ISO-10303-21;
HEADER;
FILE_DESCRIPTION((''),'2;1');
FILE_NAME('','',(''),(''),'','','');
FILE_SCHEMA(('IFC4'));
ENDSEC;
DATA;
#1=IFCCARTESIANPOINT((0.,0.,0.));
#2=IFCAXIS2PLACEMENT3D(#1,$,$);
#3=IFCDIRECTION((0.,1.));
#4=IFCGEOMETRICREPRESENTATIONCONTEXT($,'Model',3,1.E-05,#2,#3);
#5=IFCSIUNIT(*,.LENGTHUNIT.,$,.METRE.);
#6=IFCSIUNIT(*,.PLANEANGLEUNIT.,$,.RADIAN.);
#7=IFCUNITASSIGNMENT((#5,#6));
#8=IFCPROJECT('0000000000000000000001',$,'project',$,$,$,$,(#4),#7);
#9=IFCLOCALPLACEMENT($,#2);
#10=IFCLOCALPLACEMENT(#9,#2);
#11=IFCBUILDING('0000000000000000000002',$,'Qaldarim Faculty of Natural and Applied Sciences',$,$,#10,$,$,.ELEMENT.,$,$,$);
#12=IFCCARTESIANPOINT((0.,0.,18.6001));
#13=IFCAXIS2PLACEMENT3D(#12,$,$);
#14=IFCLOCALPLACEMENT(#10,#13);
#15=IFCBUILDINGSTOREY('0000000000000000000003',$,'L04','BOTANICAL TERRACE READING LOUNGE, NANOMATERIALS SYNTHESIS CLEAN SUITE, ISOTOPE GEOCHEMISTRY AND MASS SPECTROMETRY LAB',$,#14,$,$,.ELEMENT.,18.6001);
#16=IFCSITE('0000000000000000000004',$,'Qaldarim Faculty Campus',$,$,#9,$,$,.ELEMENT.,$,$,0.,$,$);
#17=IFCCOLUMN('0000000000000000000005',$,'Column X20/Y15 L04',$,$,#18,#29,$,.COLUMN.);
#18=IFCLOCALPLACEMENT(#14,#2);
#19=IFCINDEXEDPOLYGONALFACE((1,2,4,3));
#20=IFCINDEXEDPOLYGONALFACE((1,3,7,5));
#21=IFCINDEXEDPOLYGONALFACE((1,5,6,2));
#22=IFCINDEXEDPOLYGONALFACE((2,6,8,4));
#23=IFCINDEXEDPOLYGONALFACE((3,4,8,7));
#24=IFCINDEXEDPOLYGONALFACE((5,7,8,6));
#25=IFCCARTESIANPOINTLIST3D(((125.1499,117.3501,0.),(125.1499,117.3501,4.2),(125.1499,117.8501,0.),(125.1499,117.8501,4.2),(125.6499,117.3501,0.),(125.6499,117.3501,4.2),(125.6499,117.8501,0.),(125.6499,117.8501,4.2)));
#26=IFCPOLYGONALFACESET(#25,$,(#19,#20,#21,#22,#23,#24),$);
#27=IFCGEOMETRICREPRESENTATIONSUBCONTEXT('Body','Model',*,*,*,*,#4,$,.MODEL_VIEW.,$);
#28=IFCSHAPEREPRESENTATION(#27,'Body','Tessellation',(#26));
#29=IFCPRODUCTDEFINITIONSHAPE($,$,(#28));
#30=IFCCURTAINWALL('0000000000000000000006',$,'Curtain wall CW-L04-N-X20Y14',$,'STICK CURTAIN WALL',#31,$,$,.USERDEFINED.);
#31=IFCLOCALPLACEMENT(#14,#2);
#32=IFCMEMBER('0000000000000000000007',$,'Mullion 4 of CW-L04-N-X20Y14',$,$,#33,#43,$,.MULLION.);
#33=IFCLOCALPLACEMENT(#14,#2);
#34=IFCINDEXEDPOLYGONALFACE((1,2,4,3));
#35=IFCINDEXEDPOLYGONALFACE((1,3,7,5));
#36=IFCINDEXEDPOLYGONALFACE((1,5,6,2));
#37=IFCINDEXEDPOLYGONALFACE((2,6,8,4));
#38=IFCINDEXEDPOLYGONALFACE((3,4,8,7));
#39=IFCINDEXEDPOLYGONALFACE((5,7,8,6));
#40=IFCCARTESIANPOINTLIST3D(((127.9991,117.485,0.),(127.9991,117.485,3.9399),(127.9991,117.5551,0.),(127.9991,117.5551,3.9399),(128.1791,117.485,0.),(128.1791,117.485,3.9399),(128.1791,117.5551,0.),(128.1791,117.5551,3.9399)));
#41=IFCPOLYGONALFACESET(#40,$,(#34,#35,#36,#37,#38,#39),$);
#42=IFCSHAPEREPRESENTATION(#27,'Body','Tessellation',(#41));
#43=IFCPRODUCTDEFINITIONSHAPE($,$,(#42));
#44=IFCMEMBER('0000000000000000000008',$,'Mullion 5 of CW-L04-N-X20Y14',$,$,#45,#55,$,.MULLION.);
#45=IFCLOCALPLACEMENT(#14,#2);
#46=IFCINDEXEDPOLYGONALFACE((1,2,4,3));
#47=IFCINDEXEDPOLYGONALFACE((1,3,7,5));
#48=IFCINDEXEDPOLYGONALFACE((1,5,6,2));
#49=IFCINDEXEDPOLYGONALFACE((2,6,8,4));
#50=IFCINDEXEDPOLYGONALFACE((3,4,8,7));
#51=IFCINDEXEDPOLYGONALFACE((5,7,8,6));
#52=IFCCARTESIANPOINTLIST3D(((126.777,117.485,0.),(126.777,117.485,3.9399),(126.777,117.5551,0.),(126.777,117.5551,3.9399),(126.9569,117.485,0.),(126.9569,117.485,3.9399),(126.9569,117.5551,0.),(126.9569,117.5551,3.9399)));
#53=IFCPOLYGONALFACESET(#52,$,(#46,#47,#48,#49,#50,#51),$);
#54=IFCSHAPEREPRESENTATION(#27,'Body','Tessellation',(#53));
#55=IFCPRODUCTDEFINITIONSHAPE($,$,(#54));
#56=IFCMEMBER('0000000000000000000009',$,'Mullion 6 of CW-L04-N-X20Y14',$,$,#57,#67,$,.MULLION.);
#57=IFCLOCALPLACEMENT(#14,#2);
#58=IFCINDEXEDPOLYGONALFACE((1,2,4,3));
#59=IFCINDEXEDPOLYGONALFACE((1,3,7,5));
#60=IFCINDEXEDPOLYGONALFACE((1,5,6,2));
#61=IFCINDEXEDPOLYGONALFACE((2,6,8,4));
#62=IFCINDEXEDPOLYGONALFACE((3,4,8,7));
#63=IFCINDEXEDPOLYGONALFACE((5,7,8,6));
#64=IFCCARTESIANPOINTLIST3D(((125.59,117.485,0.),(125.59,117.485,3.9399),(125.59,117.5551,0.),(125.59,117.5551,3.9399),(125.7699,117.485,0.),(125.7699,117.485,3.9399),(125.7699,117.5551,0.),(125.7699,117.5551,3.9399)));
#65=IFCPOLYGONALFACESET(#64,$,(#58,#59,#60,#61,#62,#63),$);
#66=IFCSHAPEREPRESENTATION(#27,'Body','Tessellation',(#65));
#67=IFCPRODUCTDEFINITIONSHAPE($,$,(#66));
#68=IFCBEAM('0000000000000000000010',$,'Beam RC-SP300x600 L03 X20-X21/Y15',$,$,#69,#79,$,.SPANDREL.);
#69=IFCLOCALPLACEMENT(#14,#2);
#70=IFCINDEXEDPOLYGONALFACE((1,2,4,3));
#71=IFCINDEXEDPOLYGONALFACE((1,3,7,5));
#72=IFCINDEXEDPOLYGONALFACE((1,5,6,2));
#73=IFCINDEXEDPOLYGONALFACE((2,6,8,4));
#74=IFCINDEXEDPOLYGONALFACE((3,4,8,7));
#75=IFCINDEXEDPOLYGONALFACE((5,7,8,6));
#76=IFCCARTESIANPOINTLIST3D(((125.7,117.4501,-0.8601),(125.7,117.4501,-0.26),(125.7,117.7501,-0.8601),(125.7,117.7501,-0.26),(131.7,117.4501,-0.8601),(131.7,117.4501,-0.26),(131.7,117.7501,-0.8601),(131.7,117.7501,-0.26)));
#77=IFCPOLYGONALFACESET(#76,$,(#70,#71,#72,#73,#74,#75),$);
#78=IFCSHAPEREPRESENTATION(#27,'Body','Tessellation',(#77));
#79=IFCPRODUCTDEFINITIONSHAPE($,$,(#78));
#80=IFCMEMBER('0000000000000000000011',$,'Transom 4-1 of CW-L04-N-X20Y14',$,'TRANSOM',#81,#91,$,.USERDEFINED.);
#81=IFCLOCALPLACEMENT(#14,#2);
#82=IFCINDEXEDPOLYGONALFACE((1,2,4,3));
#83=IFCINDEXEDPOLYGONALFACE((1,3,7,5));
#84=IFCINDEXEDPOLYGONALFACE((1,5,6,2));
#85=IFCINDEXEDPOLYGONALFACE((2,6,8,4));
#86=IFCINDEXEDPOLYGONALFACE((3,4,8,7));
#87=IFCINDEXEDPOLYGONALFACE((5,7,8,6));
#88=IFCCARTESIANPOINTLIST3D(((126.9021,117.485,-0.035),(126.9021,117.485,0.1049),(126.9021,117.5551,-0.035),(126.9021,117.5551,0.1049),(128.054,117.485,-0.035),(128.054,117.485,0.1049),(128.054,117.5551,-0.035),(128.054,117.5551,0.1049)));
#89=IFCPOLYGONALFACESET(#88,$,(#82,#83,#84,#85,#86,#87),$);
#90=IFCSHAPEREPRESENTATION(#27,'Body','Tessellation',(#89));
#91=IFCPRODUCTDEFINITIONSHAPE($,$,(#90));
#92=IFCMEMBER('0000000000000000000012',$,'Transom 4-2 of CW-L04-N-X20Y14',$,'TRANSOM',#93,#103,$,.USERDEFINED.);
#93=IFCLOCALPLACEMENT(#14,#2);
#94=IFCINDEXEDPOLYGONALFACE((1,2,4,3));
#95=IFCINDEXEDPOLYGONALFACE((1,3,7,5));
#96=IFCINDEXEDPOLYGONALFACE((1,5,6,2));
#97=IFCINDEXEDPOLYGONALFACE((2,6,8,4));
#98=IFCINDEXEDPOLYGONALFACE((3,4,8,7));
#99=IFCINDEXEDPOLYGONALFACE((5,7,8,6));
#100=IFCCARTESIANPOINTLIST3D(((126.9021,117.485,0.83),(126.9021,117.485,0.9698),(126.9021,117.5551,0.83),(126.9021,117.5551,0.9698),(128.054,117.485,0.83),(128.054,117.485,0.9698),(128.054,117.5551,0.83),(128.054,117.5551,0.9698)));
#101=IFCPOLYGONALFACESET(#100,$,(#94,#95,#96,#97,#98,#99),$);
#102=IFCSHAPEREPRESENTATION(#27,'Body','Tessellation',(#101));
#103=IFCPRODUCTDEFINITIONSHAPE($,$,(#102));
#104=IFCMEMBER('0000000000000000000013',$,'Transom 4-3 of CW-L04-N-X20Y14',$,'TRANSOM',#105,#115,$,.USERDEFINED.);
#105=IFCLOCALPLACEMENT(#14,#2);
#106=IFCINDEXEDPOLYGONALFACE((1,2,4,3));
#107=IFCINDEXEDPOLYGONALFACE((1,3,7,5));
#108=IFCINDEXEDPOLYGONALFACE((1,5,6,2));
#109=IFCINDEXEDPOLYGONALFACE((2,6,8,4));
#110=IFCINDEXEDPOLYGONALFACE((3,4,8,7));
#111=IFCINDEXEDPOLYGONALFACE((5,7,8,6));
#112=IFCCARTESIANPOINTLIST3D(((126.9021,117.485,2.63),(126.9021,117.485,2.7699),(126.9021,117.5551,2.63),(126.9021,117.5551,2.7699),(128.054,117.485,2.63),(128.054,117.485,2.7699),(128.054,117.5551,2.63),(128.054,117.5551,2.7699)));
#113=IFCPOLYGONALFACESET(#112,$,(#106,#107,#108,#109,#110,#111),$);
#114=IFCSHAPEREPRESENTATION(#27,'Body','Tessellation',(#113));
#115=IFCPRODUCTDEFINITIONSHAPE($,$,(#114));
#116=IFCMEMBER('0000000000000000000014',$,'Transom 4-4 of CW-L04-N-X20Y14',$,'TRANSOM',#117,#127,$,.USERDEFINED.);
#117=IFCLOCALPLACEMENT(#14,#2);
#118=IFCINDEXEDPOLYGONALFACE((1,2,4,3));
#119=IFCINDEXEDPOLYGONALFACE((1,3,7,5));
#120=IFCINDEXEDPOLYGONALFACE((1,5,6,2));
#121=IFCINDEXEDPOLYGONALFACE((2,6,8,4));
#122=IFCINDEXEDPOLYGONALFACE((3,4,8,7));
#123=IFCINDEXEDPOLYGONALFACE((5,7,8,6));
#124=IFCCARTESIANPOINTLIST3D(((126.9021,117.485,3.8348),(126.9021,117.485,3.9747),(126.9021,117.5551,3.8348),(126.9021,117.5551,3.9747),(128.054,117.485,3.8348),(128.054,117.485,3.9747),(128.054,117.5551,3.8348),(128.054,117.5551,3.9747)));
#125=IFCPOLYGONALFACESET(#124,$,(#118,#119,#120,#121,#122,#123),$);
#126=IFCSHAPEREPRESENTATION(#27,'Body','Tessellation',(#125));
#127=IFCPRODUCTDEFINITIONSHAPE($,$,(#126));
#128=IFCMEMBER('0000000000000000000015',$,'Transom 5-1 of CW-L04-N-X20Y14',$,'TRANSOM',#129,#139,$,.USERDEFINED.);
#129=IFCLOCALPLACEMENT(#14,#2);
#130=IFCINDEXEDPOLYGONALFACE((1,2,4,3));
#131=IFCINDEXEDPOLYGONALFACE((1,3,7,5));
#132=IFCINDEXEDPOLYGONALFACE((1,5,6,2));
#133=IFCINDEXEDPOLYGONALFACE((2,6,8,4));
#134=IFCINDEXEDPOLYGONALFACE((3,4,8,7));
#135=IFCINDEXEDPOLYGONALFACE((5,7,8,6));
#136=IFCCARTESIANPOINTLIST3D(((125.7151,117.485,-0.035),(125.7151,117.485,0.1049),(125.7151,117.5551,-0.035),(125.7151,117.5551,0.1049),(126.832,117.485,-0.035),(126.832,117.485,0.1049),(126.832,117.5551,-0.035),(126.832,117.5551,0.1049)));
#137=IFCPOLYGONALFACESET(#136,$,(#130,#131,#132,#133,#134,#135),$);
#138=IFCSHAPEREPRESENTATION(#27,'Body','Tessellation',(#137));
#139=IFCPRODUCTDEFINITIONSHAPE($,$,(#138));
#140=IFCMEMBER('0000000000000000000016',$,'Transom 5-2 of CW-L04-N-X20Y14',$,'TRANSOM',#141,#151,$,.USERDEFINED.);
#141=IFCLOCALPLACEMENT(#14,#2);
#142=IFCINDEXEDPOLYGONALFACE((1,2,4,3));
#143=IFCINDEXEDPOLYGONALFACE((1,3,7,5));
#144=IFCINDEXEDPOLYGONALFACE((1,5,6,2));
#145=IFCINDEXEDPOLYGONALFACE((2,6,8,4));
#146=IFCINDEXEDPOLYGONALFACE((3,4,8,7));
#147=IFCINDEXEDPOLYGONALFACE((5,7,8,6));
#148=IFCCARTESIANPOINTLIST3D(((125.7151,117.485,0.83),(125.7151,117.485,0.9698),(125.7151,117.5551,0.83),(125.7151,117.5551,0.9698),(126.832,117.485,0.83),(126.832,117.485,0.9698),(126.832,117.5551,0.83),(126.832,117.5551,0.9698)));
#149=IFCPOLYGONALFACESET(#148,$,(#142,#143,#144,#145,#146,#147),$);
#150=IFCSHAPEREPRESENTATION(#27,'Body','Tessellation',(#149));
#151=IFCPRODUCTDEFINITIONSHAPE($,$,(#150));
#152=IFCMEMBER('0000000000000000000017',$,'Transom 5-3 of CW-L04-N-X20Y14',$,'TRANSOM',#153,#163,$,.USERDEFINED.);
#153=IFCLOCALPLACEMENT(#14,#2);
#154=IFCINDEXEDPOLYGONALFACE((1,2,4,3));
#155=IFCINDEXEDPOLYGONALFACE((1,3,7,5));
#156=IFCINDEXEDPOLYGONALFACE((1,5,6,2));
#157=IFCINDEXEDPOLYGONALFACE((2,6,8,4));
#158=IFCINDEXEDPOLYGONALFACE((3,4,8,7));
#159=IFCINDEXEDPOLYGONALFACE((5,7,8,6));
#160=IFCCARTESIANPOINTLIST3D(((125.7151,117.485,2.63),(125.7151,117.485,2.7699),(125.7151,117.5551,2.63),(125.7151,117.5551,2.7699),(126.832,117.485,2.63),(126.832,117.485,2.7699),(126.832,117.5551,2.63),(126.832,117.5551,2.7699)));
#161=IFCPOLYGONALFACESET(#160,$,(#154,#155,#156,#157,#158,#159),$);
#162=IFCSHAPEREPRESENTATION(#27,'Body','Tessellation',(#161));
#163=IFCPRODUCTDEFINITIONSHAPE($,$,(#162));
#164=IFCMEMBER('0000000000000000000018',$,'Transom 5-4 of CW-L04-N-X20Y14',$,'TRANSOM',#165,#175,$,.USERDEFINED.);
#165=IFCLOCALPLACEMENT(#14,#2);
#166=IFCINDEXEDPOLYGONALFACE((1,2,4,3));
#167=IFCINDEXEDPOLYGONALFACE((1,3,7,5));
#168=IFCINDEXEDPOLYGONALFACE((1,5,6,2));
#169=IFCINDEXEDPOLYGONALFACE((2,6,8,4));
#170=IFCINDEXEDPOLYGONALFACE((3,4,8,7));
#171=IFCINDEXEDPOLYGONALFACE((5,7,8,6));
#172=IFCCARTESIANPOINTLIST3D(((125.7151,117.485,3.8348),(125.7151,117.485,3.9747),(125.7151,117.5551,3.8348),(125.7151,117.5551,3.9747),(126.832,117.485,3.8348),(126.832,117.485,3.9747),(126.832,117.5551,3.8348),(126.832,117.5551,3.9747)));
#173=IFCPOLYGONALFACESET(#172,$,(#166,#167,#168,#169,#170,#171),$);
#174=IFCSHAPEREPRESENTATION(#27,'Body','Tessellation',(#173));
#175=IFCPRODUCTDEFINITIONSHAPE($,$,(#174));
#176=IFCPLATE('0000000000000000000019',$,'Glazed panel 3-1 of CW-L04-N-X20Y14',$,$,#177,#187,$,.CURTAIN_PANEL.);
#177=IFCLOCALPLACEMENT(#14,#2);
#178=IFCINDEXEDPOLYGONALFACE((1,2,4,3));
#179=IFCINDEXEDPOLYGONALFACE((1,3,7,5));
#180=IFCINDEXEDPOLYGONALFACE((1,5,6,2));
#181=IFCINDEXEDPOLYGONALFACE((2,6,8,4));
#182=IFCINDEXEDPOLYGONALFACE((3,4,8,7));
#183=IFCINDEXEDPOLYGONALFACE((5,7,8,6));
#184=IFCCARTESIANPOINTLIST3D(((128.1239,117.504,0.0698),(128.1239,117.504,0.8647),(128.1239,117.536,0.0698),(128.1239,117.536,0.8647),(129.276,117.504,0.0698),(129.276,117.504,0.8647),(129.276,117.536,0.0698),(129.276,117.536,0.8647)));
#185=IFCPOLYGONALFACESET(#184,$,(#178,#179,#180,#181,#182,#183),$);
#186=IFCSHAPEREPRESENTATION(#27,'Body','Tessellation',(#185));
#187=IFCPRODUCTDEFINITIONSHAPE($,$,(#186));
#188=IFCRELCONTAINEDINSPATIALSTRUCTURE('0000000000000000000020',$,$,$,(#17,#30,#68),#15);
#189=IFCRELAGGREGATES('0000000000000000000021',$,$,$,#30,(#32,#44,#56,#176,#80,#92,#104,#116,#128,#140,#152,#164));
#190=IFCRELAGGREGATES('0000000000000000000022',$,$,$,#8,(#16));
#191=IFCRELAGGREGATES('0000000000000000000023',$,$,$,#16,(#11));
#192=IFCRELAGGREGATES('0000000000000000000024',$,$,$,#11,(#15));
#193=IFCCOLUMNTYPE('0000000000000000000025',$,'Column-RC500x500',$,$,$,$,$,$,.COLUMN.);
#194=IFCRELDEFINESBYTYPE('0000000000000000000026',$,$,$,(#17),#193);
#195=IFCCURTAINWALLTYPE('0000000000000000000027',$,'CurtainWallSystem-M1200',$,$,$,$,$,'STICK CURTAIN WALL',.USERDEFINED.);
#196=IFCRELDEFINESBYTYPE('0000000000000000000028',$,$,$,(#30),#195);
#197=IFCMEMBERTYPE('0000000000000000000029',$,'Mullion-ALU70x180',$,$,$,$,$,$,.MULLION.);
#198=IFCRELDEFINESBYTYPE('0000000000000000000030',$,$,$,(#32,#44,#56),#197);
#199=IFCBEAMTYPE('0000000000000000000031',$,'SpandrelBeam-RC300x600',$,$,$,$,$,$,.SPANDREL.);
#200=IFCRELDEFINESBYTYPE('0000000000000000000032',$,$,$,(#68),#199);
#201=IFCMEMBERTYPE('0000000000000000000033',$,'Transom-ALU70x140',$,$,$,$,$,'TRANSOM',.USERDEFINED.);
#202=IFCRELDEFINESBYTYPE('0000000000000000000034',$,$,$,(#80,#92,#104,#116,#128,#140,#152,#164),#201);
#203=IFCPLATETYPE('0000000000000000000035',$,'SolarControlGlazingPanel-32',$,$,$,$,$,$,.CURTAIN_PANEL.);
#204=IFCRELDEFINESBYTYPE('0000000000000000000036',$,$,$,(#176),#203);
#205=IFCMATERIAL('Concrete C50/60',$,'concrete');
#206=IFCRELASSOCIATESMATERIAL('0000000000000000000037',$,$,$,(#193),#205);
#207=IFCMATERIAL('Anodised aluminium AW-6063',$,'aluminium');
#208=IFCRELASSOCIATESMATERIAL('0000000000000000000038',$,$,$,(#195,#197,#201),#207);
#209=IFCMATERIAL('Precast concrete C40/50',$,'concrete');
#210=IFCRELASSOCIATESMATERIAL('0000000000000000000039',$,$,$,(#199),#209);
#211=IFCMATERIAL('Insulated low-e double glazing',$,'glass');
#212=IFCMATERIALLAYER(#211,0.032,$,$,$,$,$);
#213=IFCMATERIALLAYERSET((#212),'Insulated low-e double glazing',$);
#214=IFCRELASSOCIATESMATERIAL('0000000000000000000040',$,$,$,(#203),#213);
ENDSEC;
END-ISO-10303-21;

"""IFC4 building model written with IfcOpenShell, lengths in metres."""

from ifc_helpers import new_model, si_unit, direction, frame, origin, origin_2d, place, context, subcontext, project, spatial, rectangle, extrude, material, layer, layer_set, material_profile, profile_set, type_object, element, aggregate, save


model = new_model("IFC4")

# Units and contexts
model_context = context("Model", 3, precision=1e-05, world=origin(), true_north=direction((0.0, 1.0)))
body_context = subcontext(model_context, "Body", "Model", "MODEL_VIEW")
ifc_project = project(units=[si_unit("LENGTHUNIT", "METRE"), si_unit("PLANEANGLEUNIT", "RADIAN")], contexts=[model_context])

# Site, building, storey
site_placement = place(None, origin())
site = spatial("IfcSite", under=ifc_project, at=site_placement, Name="Qaldarim Faculty Campus", CompositionType="ELEMENT", RefElevation=0.0)
building_placement = place(site_placement, origin())
building = spatial("IfcBuilding", under=site, at=building_placement, Name="Qaldarim Faculty of Natural and Applied Sciences", CompositionType="ELEMENT")
storey_placement = place(building_placement, frame((0.0, 0.0, 18.6001)))
storey = spatial("IfcBuildingStorey", under=building, at=storey_placement, Name="L04", Description="BOTANICAL TERRACE READING LOUNGE, NANOMATERIALS SYNTHESIS CLEAN SUITE, ISOTOPE GEOCHEMISTRY AND MASS SPECTROMETRY LAB", CompositionType="ELEMENT", Elevation=18.6001)

# Column
ifc_material_1 = material(Name="Concrete C50/60", Category="concrete")
ifc_material_profile_1 = material_profile(ifc_material_1, rectangle(XDim=0.5, YDim=0.5, at=origin_2d()), Name="RC-C500x500")
ifc_profile_set_1 = profile_set([ifc_material_profile_1], Name="Concrete C50/60")
column_type = type_object("IfcColumnType", Name="Column-RC500x500", PredefinedType="COLUMN", material=ifc_profile_set_1)
column_placement = place(storey_placement, frame((125.3999, 117.6001, 0.0), z_axis=(0.0, 0.0, 1.0), x_axis=(1.0, 0.0, 0.0)))
element("IfcColumn", 1, at=column_placement, inside=storey, type_object=column_type, Name="Column X20/Y15 L04", PredefinedType="COLUMN", context=body_context, shape_type="SweptSolid", body=[
    extrude(rectangle(XDim=0.5, YDim=0.5, at=origin_2d()), origin(), (0.0, 0.0, 1.0), 4.2),
])

# Curtain wall, members
ifc_material_2 = material(Name="Anodised aluminium AW-6063", Category="aluminium")
curtain_wall_type = type_object("IfcCurtainWallType", Name="CurtainWallSystem-M1200", ElementType="STICK CURTAIN WALL", PredefinedType="USERDEFINED", material=ifc_material_2)
curtain_wall_placement = place(storey_placement, origin())
curtain_wall = element("IfcCurtainWall", 2, at=curtain_wall_placement, inside=storey, type_object=curtain_wall_type, Name="Curtain wall CW-L04-N-X20Y14", ObjectType="STICK CURTAIN WALL", PredefinedType="USERDEFINED")
ifc_material_profile_2 = material_profile(ifc_material_2, rectangle(XDim=0.0701, YDim=0.1799, at=origin_2d()), Name="ALU-M70x180")
ifc_profile_set_2 = profile_set([ifc_material_profile_2], Name="Anodised aluminium AW-6063")
member_type_1 = type_object("IfcMemberType", Name="Mullion-ALU70x180", PredefinedType="MULLION", material=ifc_profile_set_2)
member_1_placement = place(storey_placement, frame((128.0891, 117.52, 0.0), z_axis=(0.0, 0.0, 1.0), x_axis=(0.0, -1.0, 0.0)))
member_1 = element("IfcMember", 3, at=member_1_placement, type_object=member_type_1, Name="Mullion 4 of CW-L04-N-X20Y14", PredefinedType="MULLION", context=body_context, shape_type="SweptSolid", body=[
    extrude(rectangle(XDim=0.0701, YDim=0.1799, at=origin_2d()), origin(), (0.0, 0.0, 1.0), 3.9399),
])
member_2_placement = place(storey_placement, frame((126.8669, 117.52, 0.0), z_axis=(0.0, 0.0, 1.0), x_axis=(0.0, -1.0, 0.0)))
member_2 = element("IfcMember", 4, at=member_2_placement, type_object=member_type_1, Name="Mullion 5 of CW-L04-N-X20Y14", PredefinedType="MULLION", context=body_context, shape_type="SweptSolid", body=[
    extrude(rectangle(XDim=0.0701, YDim=0.1799, at=origin_2d()), origin(), (0.0, 0.0, 1.0), 3.9399),
])
member_3_placement = place(storey_placement, frame((125.6799, 117.52, 0.0), z_axis=(0.0, 0.0, 1.0), x_axis=(0.0, -1.0, 0.0)))
member_3 = element("IfcMember", 5, at=member_3_placement, type_object=member_type_1, Name="Mullion 6 of CW-L04-N-X20Y14", PredefinedType="MULLION", context=body_context, shape_type="SweptSolid", body=[
    extrude(rectangle(XDim=0.0701, YDim=0.1799, at=origin_2d()), origin(), (0.0, 0.0, 1.0), 3.9399),
])

# Beam
ifc_material_3 = material(Name="Precast concrete C40/50", Category="concrete")
ifc_material_profile_3 = material_profile(ifc_material_3, rectangle(XDim=0.3, YDim=0.6001, at=origin_2d()), Name="RC-SP300x600")
ifc_profile_set_3 = profile_set([ifc_material_profile_3], Name="Precast concrete C40/50")
beam_type = type_object("IfcBeamType", Name="SpandrelBeam-RC300x600", PredefinedType="SPANDREL", material=ifc_profile_set_3)
beam_placement = place(storey_placement, frame((125.7, 117.6001, -0.5601), z_axis=(1.0, 0.0, 0.0), x_axis=(0.0, 1.0, 0.0)))
element("IfcBeam", 6, at=beam_placement, inside=storey, type_object=beam_type, Name="Beam RC-SP300x600 L03 X20-X21/Y15", PredefinedType="SPANDREL", context=body_context, shape_type="SweptSolid", body=[
    extrude(rectangle(XDim=0.3, YDim=0.6001, at=origin_2d()), origin(), (0.0, 0.0, 1.0), 6.0),
])

# Members
ifc_material_profile_4 = material_profile(ifc_material_2, rectangle(XDim=0.0701, YDim=0.1399, at=origin_2d()), Name="ALU-T70x140")
ifc_profile_set_4 = profile_set([ifc_material_profile_4], Name="Anodised aluminium AW-6063")
member_type_2 = type_object("IfcMemberType", Name="Transom-ALU70x140", ElementType="TRANSOM", PredefinedType="USERDEFINED", material=ifc_profile_set_4)
member_4_placement = place(storey_placement, frame((128.054, 117.52, 0.0349), z_axis=(-1.0, 0.0, 0.0), x_axis=(0.0, -1.0, 0.0)))
member_4 = element("IfcMember", 7, at=member_4_placement, type_object=member_type_2, Name="Transom 4-1 of CW-L04-N-X20Y14", ObjectType="TRANSOM", PredefinedType="USERDEFINED", context=body_context, shape_type="SweptSolid", body=[
    extrude(rectangle(XDim=0.0701, YDim=0.1399, at=origin_2d()), origin(), (0.0, 0.0, 1.0), 1.1519),
])
member_5_placement = place(storey_placement, frame((128.054, 117.52, 0.8999), z_axis=(-1.0, 0.0, 0.0), x_axis=(0.0, -1.0, 0.0)))
member_5 = element("IfcMember", 8, at=member_5_placement, type_object=member_type_2, Name="Transom 4-2 of CW-L04-N-X20Y14", ObjectType="TRANSOM", PredefinedType="USERDEFINED", context=body_context, shape_type="SweptSolid", body=[
    extrude(rectangle(XDim=0.0701, YDim=0.1399, at=origin_2d()), origin(), (0.0, 0.0, 1.0), 1.1519),
])
member_6_placement = place(storey_placement, frame((128.054, 117.52, 2.7), z_axis=(-1.0, 0.0, 0.0), x_axis=(0.0, -1.0, 0.0)))
member_6 = element("IfcMember", 9, at=member_6_placement, type_object=member_type_2, Name="Transom 4-3 of CW-L04-N-X20Y14", ObjectType="TRANSOM", PredefinedType="USERDEFINED", context=body_context, shape_type="SweptSolid", body=[
    extrude(rectangle(XDim=0.0701, YDim=0.1399, at=origin_2d()), origin(), (0.0, 0.0, 1.0), 1.1519),
])
member_7_placement = place(storey_placement, frame((128.054, 117.52, 3.9048), z_axis=(-1.0, 0.0, 0.0), x_axis=(0.0, -1.0, 0.0)))
member_7 = element("IfcMember", 10, at=member_7_placement, type_object=member_type_2, Name="Transom 4-4 of CW-L04-N-X20Y14", ObjectType="TRANSOM", PredefinedType="USERDEFINED", context=body_context, shape_type="SweptSolid", body=[
    extrude(rectangle(XDim=0.0701, YDim=0.1399, at=origin_2d()), origin(), (0.0, 0.0, 1.0), 1.1519),
])
member_8_placement = place(storey_placement, frame((126.832, 117.52, 0.0349), z_axis=(-1.0, 0.0, 0.0), x_axis=(0.0, -1.0, 0.0)))
member_8 = element("IfcMember", 11, at=member_8_placement, type_object=member_type_2, Name="Transom 5-1 of CW-L04-N-X20Y14", ObjectType="TRANSOM", PredefinedType="USERDEFINED", context=body_context, shape_type="SweptSolid", body=[
    extrude(rectangle(XDim=0.0701, YDim=0.1399, at=origin_2d()), origin(), (0.0, 0.0, 1.0), 1.1169),
])
member_9_placement = place(storey_placement, frame((126.832, 117.52, 0.8999), z_axis=(-1.0, 0.0, 0.0), x_axis=(0.0, -1.0, 0.0)))
member_9 = element("IfcMember", 12, at=member_9_placement, type_object=member_type_2, Name="Transom 5-2 of CW-L04-N-X20Y14", ObjectType="TRANSOM", PredefinedType="USERDEFINED", context=body_context, shape_type="SweptSolid", body=[
    extrude(rectangle(XDim=0.0701, YDim=0.1399, at=origin_2d()), origin(), (0.0, 0.0, 1.0), 1.1169),
])
member_10_placement = place(storey_placement, frame((126.832, 117.52, 2.7), z_axis=(-1.0, 0.0, 0.0), x_axis=(0.0, -1.0, 0.0)))
member_10 = element("IfcMember", 13, at=member_10_placement, type_object=member_type_2, Name="Transom 5-3 of CW-L04-N-X20Y14", ObjectType="TRANSOM", PredefinedType="USERDEFINED", context=body_context, shape_type="SweptSolid", body=[
    extrude(rectangle(XDim=0.0701, YDim=0.1399, at=origin_2d()), origin(), (0.0, 0.0, 1.0), 1.1169),
])
member_11_placement = place(storey_placement, frame((126.832, 117.52, 3.9048), z_axis=(-1.0, 0.0, 0.0), x_axis=(0.0, -1.0, 0.0)))
member_11 = element("IfcMember", 14, at=member_11_placement, type_object=member_type_2, Name="Transom 5-4 of CW-L04-N-X20Y14", ObjectType="TRANSOM", PredefinedType="USERDEFINED", context=body_context, shape_type="SweptSolid", body=[
    extrude(rectangle(XDim=0.0701, YDim=0.1399, at=origin_2d()), origin(), (0.0, 0.0, 1.0), 1.1169),
])

# Plate
ifc_material_4 = material(Name="Insulated low-e double glazing", Category="glass")
ifc_layer_1 = layer(ifc_material_4, 0.032)
ifc_layer_set_1 = layer_set([ifc_layer_1], Name="Insulated low-e double glazing")
plate_type = type_object("IfcPlateType", Name="SolarControlGlazingPanel-32", PredefinedType="CURTAIN_PANEL", material=ifc_layer_set_1)
plate_1_placement = place(storey_placement, frame((128.7, 117.52, 0.0698), z_axis=(0.0, 0.0, 1.0), x_axis=(-1.0, 0.0, 0.0)))
plate_1 = element("IfcPlate", 15, at=plate_1_placement, type_object=plate_type, Name="Glazed panel 3-1 of CW-L04-N-X20Y14", PredefinedType="CURTAIN_PANEL", context=body_context, shape_type="SweptSolid", body=[
    extrude(rectangle(XDim=1.1521, YDim=0.032, at=origin_2d()), origin(), (0.0, 0.0, 1.0), 0.7949),
])
aggregate(curtain_wall, [member_1, member_2, member_3, plate_1, member_4, member_5, member_6, member_7, member_8, member_9, member_10, member_11])

save(model, "model.ifc")
